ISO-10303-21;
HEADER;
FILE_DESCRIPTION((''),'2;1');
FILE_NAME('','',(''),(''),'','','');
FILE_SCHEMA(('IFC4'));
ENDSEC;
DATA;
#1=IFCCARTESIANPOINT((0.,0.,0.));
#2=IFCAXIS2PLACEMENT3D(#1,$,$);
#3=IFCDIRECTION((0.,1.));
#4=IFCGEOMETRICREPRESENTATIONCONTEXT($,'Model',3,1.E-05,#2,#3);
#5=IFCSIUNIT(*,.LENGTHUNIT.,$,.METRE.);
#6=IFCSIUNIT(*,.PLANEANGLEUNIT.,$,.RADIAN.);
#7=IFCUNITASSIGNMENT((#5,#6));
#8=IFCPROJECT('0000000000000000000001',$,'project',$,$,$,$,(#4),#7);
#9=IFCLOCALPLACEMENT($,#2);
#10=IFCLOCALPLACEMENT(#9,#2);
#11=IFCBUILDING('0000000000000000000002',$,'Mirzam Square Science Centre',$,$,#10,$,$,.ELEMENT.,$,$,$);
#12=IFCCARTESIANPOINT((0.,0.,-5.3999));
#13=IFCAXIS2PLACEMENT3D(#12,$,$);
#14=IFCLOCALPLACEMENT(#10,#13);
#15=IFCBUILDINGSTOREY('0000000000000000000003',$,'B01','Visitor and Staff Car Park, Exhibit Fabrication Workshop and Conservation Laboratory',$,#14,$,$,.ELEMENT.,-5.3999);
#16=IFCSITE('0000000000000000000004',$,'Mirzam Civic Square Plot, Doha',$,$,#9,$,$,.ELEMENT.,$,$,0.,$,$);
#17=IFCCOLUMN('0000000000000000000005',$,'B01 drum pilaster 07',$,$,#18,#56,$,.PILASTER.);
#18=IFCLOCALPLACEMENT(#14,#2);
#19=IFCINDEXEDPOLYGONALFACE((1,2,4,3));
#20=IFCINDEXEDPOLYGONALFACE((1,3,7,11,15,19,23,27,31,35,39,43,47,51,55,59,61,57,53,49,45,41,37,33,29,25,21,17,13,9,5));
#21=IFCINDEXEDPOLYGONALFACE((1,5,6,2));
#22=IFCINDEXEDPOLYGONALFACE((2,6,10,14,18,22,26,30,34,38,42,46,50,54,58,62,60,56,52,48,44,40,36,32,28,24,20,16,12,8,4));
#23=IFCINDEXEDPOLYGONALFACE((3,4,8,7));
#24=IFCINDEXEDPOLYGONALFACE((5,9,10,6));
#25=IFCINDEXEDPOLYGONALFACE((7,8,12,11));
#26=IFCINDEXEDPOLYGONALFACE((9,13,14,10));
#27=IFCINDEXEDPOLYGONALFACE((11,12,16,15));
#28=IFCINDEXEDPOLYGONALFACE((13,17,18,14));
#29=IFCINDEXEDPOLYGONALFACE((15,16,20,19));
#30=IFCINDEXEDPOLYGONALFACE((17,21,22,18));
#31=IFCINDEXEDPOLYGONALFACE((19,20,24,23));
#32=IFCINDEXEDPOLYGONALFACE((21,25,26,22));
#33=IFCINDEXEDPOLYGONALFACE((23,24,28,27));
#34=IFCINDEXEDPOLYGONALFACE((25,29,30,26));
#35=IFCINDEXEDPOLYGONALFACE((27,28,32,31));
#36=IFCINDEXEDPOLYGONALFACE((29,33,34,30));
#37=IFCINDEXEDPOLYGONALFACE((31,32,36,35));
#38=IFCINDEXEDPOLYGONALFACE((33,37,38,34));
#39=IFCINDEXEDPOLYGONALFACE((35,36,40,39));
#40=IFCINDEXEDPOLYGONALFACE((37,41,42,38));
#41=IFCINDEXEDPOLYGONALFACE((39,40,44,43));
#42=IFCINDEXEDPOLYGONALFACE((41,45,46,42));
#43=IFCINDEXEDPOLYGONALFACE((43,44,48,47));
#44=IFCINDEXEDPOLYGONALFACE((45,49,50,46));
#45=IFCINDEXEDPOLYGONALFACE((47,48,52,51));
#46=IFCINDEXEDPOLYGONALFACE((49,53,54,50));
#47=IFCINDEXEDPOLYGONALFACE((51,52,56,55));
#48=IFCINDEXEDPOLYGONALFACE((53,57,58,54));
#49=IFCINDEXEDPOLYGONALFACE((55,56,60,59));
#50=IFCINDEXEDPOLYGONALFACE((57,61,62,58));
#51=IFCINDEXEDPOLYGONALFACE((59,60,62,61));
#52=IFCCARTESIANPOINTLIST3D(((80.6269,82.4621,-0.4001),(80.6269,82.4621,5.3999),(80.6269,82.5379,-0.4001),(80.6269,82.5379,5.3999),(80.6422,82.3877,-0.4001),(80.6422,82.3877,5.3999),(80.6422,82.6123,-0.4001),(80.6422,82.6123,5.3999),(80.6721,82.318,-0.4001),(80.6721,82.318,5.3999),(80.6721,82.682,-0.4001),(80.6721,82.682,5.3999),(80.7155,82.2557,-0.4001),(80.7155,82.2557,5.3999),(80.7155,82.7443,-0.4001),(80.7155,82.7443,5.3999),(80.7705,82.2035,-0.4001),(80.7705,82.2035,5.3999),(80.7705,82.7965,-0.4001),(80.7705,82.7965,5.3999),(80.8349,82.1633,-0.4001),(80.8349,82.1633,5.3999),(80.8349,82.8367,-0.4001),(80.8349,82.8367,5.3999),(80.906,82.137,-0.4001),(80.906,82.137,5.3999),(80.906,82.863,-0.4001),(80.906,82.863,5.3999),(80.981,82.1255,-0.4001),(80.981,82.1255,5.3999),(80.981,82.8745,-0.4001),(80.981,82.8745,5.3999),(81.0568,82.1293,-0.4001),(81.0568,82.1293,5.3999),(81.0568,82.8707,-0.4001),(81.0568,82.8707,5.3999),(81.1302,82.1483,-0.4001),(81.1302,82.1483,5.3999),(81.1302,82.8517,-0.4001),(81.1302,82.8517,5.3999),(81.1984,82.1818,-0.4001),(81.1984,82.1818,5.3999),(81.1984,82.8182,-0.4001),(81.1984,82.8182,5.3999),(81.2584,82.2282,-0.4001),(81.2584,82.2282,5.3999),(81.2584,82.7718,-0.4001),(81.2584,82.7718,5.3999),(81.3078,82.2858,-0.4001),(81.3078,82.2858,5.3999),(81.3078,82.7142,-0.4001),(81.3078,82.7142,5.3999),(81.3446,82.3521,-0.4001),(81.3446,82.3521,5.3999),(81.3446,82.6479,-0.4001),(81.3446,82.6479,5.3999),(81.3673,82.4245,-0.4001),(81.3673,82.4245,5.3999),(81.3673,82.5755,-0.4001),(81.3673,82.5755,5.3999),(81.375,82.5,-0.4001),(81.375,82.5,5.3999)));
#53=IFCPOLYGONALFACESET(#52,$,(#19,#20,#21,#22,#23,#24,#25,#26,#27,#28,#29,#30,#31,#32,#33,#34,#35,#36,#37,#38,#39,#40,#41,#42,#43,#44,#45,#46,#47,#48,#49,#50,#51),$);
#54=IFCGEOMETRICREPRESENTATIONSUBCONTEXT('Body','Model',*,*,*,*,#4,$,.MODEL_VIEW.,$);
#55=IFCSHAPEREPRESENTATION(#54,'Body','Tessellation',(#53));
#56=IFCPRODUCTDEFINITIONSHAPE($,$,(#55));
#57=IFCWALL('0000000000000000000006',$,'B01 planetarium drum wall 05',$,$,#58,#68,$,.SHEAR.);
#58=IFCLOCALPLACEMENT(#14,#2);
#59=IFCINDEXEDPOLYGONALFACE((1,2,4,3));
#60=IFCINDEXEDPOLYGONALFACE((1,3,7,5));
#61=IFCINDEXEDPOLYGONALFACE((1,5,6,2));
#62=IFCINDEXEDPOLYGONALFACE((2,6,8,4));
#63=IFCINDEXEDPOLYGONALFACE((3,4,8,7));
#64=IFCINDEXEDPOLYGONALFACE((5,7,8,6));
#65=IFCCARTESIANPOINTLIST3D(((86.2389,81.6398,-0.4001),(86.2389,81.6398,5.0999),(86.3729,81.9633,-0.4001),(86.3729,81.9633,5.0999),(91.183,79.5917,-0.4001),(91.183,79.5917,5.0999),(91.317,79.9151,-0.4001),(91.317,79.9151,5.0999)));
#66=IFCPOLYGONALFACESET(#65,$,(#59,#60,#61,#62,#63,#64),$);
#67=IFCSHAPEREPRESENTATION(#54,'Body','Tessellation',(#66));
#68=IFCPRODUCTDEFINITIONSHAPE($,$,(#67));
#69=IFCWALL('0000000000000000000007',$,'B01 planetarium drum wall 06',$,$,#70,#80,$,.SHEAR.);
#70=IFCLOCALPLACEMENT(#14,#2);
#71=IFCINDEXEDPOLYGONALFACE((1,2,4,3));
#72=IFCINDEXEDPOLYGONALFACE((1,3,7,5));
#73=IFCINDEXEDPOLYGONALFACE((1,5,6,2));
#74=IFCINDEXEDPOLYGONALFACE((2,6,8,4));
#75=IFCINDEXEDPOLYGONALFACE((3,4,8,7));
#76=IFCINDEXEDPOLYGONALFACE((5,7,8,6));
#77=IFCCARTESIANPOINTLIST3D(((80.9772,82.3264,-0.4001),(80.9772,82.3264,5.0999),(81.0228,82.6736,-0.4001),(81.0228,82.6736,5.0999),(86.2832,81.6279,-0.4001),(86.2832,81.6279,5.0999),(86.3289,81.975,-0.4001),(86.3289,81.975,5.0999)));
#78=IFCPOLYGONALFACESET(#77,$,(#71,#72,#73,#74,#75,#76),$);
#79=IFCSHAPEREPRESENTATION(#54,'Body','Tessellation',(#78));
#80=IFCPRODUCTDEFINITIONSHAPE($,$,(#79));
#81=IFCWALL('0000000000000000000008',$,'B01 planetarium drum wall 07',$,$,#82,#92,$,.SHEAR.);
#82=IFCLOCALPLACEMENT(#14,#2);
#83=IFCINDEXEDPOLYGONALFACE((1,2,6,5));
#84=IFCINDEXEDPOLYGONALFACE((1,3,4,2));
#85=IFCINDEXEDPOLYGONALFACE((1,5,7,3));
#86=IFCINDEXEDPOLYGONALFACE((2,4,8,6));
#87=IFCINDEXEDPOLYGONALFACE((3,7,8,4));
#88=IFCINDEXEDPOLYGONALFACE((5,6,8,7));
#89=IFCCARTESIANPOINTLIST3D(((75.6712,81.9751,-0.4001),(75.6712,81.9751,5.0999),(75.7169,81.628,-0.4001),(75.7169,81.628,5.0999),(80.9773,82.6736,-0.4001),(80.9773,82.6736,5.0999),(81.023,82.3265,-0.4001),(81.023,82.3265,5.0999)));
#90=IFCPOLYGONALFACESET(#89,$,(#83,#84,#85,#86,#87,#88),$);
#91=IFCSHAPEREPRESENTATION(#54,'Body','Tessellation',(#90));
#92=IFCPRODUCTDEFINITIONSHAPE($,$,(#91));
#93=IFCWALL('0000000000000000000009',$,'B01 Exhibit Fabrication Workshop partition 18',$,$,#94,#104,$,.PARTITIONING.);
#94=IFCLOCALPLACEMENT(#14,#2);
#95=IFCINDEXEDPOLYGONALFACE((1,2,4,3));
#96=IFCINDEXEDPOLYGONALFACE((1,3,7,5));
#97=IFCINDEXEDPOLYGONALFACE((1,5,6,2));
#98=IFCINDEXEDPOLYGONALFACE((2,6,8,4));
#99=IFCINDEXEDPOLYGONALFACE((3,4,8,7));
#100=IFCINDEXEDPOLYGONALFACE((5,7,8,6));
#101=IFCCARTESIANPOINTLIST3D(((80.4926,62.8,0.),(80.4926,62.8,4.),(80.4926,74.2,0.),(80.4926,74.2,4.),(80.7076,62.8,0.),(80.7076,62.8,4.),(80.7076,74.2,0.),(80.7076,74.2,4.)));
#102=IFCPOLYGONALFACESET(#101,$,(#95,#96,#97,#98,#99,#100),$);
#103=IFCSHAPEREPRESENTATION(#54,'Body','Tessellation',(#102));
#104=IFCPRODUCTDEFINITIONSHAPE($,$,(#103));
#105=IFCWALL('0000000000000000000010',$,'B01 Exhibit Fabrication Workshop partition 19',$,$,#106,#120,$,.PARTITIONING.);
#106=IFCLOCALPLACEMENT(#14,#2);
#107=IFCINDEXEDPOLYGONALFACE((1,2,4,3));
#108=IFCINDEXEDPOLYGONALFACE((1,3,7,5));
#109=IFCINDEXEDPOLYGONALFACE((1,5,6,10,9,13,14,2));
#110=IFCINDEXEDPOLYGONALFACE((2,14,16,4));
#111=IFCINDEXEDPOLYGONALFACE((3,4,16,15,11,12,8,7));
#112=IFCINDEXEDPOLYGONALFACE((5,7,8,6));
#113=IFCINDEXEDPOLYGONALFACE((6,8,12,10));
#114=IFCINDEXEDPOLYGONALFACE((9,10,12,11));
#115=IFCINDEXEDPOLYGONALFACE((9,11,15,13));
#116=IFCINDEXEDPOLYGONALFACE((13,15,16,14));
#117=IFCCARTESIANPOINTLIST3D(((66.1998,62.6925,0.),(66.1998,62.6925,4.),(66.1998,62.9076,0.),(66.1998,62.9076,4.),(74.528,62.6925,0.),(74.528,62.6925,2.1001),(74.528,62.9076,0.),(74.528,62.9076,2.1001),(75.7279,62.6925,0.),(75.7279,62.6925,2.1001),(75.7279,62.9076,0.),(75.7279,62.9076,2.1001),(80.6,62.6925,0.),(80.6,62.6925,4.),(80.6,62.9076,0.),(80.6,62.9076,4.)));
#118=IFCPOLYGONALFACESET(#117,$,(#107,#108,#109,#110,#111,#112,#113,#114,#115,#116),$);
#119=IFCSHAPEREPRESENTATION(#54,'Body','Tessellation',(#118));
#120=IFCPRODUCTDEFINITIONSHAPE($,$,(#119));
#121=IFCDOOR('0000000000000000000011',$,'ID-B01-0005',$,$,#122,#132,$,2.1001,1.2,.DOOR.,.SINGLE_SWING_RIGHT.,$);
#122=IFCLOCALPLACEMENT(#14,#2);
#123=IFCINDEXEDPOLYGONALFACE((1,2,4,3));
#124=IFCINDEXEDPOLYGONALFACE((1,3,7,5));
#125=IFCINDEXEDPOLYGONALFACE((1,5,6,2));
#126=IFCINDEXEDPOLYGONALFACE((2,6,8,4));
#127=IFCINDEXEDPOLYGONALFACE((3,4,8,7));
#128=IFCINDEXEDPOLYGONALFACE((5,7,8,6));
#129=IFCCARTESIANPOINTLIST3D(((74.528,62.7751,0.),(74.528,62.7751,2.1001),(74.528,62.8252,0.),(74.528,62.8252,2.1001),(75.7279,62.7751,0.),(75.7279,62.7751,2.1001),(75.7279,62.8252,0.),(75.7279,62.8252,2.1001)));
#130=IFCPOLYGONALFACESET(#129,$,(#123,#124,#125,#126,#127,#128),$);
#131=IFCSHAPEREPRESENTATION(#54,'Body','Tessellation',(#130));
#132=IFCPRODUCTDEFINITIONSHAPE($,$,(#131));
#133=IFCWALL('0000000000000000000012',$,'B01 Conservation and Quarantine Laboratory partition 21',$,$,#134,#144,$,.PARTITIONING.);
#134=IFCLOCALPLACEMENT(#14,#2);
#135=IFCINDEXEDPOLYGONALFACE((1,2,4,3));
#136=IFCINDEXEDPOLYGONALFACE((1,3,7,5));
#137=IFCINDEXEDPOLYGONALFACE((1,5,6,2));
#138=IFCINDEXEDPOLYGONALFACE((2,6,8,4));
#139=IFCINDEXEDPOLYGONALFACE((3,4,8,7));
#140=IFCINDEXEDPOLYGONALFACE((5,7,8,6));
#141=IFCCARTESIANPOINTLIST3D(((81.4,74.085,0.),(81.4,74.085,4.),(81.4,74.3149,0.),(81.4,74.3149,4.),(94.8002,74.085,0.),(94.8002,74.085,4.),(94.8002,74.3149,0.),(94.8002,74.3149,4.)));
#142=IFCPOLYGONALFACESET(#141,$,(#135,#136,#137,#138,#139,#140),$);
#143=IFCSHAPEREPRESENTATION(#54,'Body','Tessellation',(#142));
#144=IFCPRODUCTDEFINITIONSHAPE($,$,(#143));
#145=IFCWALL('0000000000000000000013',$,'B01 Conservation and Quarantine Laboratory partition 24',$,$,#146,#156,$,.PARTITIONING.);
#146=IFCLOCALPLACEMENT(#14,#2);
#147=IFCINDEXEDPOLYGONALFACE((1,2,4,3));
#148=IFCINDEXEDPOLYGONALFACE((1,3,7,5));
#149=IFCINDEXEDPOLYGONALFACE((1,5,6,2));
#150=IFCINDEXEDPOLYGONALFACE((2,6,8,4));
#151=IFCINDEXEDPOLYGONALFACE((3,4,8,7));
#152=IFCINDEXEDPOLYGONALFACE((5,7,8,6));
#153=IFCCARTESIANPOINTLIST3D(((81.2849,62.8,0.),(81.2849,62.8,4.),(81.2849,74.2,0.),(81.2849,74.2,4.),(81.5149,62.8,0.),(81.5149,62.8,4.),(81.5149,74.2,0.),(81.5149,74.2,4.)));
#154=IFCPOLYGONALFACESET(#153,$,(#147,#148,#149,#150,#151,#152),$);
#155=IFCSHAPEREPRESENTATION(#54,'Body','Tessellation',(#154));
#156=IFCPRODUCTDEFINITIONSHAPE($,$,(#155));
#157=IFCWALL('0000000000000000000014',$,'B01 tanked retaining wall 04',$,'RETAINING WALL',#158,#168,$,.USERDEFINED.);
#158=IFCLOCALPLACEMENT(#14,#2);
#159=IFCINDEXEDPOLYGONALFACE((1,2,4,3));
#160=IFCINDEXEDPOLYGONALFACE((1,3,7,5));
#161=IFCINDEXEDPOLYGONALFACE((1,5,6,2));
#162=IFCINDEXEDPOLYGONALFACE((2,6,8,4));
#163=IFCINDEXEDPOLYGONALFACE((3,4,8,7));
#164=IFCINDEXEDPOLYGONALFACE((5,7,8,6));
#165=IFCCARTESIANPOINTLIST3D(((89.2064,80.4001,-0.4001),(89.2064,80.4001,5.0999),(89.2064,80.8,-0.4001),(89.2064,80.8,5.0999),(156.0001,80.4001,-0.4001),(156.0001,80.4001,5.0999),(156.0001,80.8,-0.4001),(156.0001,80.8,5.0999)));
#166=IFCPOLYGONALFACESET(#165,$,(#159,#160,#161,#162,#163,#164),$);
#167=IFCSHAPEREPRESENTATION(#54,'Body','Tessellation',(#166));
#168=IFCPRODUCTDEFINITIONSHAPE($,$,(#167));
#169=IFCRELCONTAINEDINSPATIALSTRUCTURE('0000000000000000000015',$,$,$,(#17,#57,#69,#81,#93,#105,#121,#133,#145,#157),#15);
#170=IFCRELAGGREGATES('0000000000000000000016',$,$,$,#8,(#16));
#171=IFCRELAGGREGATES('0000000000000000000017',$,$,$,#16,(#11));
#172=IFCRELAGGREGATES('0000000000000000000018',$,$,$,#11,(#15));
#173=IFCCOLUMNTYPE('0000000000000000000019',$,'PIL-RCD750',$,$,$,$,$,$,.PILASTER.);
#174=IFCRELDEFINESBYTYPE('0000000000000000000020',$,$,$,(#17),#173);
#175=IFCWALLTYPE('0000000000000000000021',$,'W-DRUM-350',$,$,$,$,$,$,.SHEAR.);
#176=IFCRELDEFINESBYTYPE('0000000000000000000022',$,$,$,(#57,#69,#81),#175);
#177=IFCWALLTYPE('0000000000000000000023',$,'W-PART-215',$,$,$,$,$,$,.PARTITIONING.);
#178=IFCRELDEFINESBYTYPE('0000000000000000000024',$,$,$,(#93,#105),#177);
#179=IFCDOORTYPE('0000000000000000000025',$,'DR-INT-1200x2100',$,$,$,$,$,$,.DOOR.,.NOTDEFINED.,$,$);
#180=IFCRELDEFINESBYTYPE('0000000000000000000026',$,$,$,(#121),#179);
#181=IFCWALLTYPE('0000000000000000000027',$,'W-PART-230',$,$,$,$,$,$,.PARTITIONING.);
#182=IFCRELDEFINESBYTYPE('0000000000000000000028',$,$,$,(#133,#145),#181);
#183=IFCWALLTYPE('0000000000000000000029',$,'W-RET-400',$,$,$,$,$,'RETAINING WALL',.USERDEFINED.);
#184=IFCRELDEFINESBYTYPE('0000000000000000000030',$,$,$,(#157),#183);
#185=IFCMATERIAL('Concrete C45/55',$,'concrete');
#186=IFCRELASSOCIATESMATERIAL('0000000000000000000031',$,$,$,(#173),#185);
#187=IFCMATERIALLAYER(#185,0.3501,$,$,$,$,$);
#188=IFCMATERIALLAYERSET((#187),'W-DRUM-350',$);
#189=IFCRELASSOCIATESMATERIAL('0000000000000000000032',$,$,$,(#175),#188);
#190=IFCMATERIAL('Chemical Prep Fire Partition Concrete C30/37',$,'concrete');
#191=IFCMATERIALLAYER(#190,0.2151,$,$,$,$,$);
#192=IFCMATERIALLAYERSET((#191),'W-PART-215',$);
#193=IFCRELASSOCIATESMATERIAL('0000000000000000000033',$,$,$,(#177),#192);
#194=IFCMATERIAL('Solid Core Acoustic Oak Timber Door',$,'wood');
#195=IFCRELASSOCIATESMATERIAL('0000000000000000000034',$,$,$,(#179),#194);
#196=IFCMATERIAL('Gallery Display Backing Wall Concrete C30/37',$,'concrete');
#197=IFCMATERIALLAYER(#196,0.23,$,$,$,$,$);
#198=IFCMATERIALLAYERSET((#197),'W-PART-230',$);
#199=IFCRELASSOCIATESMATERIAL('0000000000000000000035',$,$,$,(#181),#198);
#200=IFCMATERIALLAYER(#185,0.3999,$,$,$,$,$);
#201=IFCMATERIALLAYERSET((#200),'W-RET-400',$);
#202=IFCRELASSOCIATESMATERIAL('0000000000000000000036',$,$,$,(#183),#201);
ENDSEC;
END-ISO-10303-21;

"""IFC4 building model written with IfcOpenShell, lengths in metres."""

from ifc_helpers import new_model, si_unit, direction, frame, frame_2d, origin, origin_2d, place, context, subcontext, project, spatial, rectangle, circle, extrude, material, layer, layer_set, material_profile, profile_set, type_object, element, fill, save


model = new_model("IFC4")

# Units and contexts
model_context = context("Model", 3, precision=1e-05, world=origin(), true_north=direction((0.0, 1.0)))
body_context = subcontext(model_context, "Body", "Model", "MODEL_VIEW")
ifc_project = project(units=[si_unit("LENGTHUNIT", "METRE"), si_unit("PLANEANGLEUNIT", "RADIAN")], contexts=[model_context])

# Site, building, storey
site_placement = place(None, origin())
site = spatial("IfcSite", under=ifc_project, at=site_placement, Name="Mirzam Civic Square Plot, Doha", CompositionType="ELEMENT", RefElevation=0.0)
building_placement = place(site_placement, origin())
building = spatial("IfcBuilding", under=site, at=building_placement, Name="Mirzam Square Science Centre", CompositionType="ELEMENT")
storey_placement = place(building_placement, frame((0.0, 0.0, -5.3999)))
storey = spatial("IfcBuildingStorey", under=building, at=storey_placement, Name="B01", Description="Visitor and Staff Car Park, Exhibit Fabrication Workshop and Conservation Laboratory", CompositionType="ELEMENT", Elevation=-5.3999)

# Shared definitions
ifc_material_1 = material(Name="Concrete C45/55", Category="concrete")

# Column
ifc_material_profile_1 = material_profile(ifc_material_1, circle(Radius=0.375, at=origin_2d()), Name="RCD750")
ifc_profile_set_1 = profile_set([ifc_material_profile_1], Name="Concrete C45/55")
column_type_1 = type_object("IfcColumnType", Name="PIL-RCD750", PredefinedType="PILASTER", material=ifc_profile_set_1)
column_1_placement = place(storey_placement, frame((81.0, 82.5, -0.4001), z_axis=(0.0, 0.0, 1.0), x_axis=(1.0, 0.0, 0.0)))
element("IfcColumn", 1, at=column_1_placement, inside=storey, type_object=column_type_1, Name="B01 drum pilaster 07", PredefinedType="PILASTER", context=body_context, shape_type="SweptSolid", body=[
    extrude(circle(Radius=0.375, at=origin_2d()), origin(), (0.0, 0.0, 1.0), 5.8),
])

# Walls
ifc_layer_1 = layer(ifc_material_1, 0.3501)
ifc_layer_set_1 = layer_set([ifc_layer_1], Name="W-DRUM-350")
wall_type_1 = type_object("IfcWallType", Name="W-DRUM-350", PredefinedType="SHEAR", material=ifc_layer_set_1)
wall_1_placement = place(storey_placement, frame((91.25, 79.7534, -0.4001), z_axis=(0.0, 0.0, 1.0), x_axis=(-0.923867, 0.382713, 0.0)))
element("IfcWall", 2, at=wall_1_placement, inside=storey, type_object=wall_type_1, Name="B01 planetarium drum wall 05", PredefinedType="SHEAR", context=body_context, shape_type="SweptSolid", body=[
    extrude(rectangle(XDim=5.3516, YDim=0.3501, at=frame_2d((2.6758, 0.0))), origin(), (0.0, 0.0, 1.0), 5.5),
])
for number, where, z_axis, x_axis, name in (
    (3, (86.3059, 81.8015, -0.4001), (0.0, 0.0, 1.0), (-0.991446, 0.130517, 0.0), "B01 planetarium drum wall 06"),
    (4, (81.0, 82.5, -0.4001), (0.0, 0.0, 1.0), (-0.991446, -0.130517, 0.0), "B01 planetarium drum wall 07"),
):
    element("IfcWall", number, at=place(storey_placement, frame(where, z_axis=z_axis, x_axis=x_axis)), inside=storey, type_object=wall_type_1, Name=name, PredefinedType="SHEAR", context=body_context, shape_type="SweptSolid", body=[
        extrude(rectangle(XDim=5.3518, YDim=0.3501, at=frame_2d((2.6758, 0.0))), origin(), (0.0, 0.0, 1.0), 5.5),
    ])
ifc_material_2 = material(Name="Chemical Prep Fire Partition Concrete C30/37", Category="concrete")
ifc_layer_2 = layer(ifc_material_2, 0.2151)
ifc_layer_set_2 = layer_set([ifc_layer_2], Name="W-PART-215")
wall_type_2 = type_object("IfcWallType", Name="W-PART-215", PredefinedType="PARTITIONING", material=ifc_layer_set_2)
wall_2_placement = place(storey_placement, frame((80.6001, 74.2, 0.0), z_axis=(0.0, 0.0, 1.0), x_axis=(0.0, -1.0, 0.0)))
element("IfcWall", 5, at=wall_2_placement, inside=storey, type_object=wall_type_2, Name="B01 Exhibit Fabrication Workshop partition 18", PredefinedType="PARTITIONING", context=body_context, shape_type="SweptSolid", body=[
    extrude(rectangle(XDim=11.3999, YDim=0.2151, at=frame_2d((5.7, 0.0))), origin(), (0.0, 0.0, 1.0), 4.0),
])

# Wall, opening, door
wall_3_placement = place(storey_placement, frame((80.6001, 62.8, 0.0), z_axis=(0.0, 0.0, 1.0), x_axis=(-1.0, 0.0, 0.0)))
wall_3 = element("IfcWall", 6, at=wall_3_placement, inside=storey, type_object=wall_type_2, Name="B01 Exhibit Fabrication Workshop partition 19", PredefinedType="PARTITIONING", context=body_context, shape_type="SweptSolid", body=[
    extrude(rectangle(XDim=14.4001, YDim=0.2151, at=frame_2d((7.2002, 0.0))), origin(), (0.0, 0.0, 1.0), 4.0),
])
opening_placement = place(wall_3_placement, frame((4.8721, 0.0, 0.0)))
opening = element("IfcOpeningElement", 7, at=opening_placement, cuts=wall_3, PredefinedType="OPENING", context=body_context, shape_type="SweptSolid", body=[
    extrude(rectangle(XDim=1.2, YDim=2.1001, at=frame_2d((0.6001, 1.05))), frame((0.0, 0.1174, 0.0), z_axis=(0.0, -1.0, 0.0), x_axis=(1.0, 0.0, 0.0)), (0.0, 0.0, 1.0), 0.2351),
])
ifc_material_3 = material(Name="Solid Core Acoustic Oak Timber Door", Category="wood")
door_type = type_object("IfcDoorType", Name="DR-INT-1200x2100", OperationType="NOTDEFINED", PredefinedType="DOOR", material=ifc_material_3)
door_placement = place(opening_placement, origin())
door = element("IfcDoor", 8, at=door_placement, inside=storey, type_object=door_type, Name="ID-B01-0005", OperationType="SINGLE_SWING_RIGHT", OverallHeight=2.1001, OverallWidth=1.2, PredefinedType="DOOR", context=body_context, shape_type="SweptSolid", body=[
    extrude(rectangle(XDim=1.2, YDim=2.1001, at=frame_2d((0.6001, 1.05))), frame((0.0, 0.0249, 0.0), z_axis=(0.0, -1.0, 0.0), x_axis=(1.0, 0.0, 0.0)), (0.0, 0.0, 1.0), 0.05),
])
fill(opening, door)

# Walls
ifc_material_4 = material(Name="Gallery Display Backing Wall Concrete C30/37", Category="concrete")
ifc_layer_3 = layer(ifc_material_4, 0.23)
ifc_layer_set_3 = layer_set([ifc_layer_3], Name="W-PART-230")
wall_type_3 = type_object("IfcWallType", Name="W-PART-230", PredefinedType="PARTITIONING", material=ifc_layer_set_3)
wall_4_placement = place(storey_placement, frame((81.3999, 74.2, 0.0), z_axis=(0.0, 0.0, 1.0), x_axis=(1.0, 0.0, 0.0)))
element("IfcWall", 9, at=wall_4_placement, inside=storey, type_object=wall_type_3, Name="B01 Conservation and Quarantine Laboratory partition 21", PredefinedType="PARTITIONING", context=body_context, shape_type="SweptSolid", body=[
    extrude(rectangle(XDim=13.4001, YDim=0.23, at=frame_2d((6.7002, 0.0))), origin(), (0.0, 0.0, 1.0), 4.0),
])
wall_5_placement = place(storey_placement, frame((81.3999, 62.8, 0.0), z_axis=(0.0, 0.0, 1.0), x_axis=(0.0, 1.0, 0.0)))
element("IfcWall", 10, at=wall_5_placement, inside=storey, type_object=wall_type_3, Name="B01 Conservation and Quarantine Laboratory partition 24", PredefinedType="PARTITIONING", context=body_context, shape_type="SweptSolid", body=[
    extrude(rectangle(XDim=11.3999, YDim=0.23, at=frame_2d((5.7, 0.0))), origin(), (0.0, 0.0, 1.0), 4.0),
])
ifc_layer_4 = layer(ifc_material_1, 0.3999)
ifc_layer_set_4 = layer_set([ifc_layer_4], Name="W-RET-400")
wall_type_4 = type_object("IfcWallType", Name="W-RET-400", ElementType="RETAINING WALL", PredefinedType="USERDEFINED", material=ifc_layer_set_4)
wall_6_placement = place(storey_placement, frame((89.2063, 80.6001, -0.4001), z_axis=(0.0, 0.0, 1.0), x_axis=(1.0, 0.0, 0.0)))
element("IfcWall", 11, at=wall_6_placement, inside=storey, type_object=wall_type_4, Name="B01 tanked retaining wall 04", ObjectType="RETAINING WALL", PredefinedType="USERDEFINED", context=body_context, shape_type="SweptSolid", body=[
    extrude(rectangle(XDim=66.7937, YDim=0.3999, at=frame_2d((33.397, 0.0))), origin(), (0.0, 0.0, 1.0), 5.5),
])

save(model, "model.ifc")
